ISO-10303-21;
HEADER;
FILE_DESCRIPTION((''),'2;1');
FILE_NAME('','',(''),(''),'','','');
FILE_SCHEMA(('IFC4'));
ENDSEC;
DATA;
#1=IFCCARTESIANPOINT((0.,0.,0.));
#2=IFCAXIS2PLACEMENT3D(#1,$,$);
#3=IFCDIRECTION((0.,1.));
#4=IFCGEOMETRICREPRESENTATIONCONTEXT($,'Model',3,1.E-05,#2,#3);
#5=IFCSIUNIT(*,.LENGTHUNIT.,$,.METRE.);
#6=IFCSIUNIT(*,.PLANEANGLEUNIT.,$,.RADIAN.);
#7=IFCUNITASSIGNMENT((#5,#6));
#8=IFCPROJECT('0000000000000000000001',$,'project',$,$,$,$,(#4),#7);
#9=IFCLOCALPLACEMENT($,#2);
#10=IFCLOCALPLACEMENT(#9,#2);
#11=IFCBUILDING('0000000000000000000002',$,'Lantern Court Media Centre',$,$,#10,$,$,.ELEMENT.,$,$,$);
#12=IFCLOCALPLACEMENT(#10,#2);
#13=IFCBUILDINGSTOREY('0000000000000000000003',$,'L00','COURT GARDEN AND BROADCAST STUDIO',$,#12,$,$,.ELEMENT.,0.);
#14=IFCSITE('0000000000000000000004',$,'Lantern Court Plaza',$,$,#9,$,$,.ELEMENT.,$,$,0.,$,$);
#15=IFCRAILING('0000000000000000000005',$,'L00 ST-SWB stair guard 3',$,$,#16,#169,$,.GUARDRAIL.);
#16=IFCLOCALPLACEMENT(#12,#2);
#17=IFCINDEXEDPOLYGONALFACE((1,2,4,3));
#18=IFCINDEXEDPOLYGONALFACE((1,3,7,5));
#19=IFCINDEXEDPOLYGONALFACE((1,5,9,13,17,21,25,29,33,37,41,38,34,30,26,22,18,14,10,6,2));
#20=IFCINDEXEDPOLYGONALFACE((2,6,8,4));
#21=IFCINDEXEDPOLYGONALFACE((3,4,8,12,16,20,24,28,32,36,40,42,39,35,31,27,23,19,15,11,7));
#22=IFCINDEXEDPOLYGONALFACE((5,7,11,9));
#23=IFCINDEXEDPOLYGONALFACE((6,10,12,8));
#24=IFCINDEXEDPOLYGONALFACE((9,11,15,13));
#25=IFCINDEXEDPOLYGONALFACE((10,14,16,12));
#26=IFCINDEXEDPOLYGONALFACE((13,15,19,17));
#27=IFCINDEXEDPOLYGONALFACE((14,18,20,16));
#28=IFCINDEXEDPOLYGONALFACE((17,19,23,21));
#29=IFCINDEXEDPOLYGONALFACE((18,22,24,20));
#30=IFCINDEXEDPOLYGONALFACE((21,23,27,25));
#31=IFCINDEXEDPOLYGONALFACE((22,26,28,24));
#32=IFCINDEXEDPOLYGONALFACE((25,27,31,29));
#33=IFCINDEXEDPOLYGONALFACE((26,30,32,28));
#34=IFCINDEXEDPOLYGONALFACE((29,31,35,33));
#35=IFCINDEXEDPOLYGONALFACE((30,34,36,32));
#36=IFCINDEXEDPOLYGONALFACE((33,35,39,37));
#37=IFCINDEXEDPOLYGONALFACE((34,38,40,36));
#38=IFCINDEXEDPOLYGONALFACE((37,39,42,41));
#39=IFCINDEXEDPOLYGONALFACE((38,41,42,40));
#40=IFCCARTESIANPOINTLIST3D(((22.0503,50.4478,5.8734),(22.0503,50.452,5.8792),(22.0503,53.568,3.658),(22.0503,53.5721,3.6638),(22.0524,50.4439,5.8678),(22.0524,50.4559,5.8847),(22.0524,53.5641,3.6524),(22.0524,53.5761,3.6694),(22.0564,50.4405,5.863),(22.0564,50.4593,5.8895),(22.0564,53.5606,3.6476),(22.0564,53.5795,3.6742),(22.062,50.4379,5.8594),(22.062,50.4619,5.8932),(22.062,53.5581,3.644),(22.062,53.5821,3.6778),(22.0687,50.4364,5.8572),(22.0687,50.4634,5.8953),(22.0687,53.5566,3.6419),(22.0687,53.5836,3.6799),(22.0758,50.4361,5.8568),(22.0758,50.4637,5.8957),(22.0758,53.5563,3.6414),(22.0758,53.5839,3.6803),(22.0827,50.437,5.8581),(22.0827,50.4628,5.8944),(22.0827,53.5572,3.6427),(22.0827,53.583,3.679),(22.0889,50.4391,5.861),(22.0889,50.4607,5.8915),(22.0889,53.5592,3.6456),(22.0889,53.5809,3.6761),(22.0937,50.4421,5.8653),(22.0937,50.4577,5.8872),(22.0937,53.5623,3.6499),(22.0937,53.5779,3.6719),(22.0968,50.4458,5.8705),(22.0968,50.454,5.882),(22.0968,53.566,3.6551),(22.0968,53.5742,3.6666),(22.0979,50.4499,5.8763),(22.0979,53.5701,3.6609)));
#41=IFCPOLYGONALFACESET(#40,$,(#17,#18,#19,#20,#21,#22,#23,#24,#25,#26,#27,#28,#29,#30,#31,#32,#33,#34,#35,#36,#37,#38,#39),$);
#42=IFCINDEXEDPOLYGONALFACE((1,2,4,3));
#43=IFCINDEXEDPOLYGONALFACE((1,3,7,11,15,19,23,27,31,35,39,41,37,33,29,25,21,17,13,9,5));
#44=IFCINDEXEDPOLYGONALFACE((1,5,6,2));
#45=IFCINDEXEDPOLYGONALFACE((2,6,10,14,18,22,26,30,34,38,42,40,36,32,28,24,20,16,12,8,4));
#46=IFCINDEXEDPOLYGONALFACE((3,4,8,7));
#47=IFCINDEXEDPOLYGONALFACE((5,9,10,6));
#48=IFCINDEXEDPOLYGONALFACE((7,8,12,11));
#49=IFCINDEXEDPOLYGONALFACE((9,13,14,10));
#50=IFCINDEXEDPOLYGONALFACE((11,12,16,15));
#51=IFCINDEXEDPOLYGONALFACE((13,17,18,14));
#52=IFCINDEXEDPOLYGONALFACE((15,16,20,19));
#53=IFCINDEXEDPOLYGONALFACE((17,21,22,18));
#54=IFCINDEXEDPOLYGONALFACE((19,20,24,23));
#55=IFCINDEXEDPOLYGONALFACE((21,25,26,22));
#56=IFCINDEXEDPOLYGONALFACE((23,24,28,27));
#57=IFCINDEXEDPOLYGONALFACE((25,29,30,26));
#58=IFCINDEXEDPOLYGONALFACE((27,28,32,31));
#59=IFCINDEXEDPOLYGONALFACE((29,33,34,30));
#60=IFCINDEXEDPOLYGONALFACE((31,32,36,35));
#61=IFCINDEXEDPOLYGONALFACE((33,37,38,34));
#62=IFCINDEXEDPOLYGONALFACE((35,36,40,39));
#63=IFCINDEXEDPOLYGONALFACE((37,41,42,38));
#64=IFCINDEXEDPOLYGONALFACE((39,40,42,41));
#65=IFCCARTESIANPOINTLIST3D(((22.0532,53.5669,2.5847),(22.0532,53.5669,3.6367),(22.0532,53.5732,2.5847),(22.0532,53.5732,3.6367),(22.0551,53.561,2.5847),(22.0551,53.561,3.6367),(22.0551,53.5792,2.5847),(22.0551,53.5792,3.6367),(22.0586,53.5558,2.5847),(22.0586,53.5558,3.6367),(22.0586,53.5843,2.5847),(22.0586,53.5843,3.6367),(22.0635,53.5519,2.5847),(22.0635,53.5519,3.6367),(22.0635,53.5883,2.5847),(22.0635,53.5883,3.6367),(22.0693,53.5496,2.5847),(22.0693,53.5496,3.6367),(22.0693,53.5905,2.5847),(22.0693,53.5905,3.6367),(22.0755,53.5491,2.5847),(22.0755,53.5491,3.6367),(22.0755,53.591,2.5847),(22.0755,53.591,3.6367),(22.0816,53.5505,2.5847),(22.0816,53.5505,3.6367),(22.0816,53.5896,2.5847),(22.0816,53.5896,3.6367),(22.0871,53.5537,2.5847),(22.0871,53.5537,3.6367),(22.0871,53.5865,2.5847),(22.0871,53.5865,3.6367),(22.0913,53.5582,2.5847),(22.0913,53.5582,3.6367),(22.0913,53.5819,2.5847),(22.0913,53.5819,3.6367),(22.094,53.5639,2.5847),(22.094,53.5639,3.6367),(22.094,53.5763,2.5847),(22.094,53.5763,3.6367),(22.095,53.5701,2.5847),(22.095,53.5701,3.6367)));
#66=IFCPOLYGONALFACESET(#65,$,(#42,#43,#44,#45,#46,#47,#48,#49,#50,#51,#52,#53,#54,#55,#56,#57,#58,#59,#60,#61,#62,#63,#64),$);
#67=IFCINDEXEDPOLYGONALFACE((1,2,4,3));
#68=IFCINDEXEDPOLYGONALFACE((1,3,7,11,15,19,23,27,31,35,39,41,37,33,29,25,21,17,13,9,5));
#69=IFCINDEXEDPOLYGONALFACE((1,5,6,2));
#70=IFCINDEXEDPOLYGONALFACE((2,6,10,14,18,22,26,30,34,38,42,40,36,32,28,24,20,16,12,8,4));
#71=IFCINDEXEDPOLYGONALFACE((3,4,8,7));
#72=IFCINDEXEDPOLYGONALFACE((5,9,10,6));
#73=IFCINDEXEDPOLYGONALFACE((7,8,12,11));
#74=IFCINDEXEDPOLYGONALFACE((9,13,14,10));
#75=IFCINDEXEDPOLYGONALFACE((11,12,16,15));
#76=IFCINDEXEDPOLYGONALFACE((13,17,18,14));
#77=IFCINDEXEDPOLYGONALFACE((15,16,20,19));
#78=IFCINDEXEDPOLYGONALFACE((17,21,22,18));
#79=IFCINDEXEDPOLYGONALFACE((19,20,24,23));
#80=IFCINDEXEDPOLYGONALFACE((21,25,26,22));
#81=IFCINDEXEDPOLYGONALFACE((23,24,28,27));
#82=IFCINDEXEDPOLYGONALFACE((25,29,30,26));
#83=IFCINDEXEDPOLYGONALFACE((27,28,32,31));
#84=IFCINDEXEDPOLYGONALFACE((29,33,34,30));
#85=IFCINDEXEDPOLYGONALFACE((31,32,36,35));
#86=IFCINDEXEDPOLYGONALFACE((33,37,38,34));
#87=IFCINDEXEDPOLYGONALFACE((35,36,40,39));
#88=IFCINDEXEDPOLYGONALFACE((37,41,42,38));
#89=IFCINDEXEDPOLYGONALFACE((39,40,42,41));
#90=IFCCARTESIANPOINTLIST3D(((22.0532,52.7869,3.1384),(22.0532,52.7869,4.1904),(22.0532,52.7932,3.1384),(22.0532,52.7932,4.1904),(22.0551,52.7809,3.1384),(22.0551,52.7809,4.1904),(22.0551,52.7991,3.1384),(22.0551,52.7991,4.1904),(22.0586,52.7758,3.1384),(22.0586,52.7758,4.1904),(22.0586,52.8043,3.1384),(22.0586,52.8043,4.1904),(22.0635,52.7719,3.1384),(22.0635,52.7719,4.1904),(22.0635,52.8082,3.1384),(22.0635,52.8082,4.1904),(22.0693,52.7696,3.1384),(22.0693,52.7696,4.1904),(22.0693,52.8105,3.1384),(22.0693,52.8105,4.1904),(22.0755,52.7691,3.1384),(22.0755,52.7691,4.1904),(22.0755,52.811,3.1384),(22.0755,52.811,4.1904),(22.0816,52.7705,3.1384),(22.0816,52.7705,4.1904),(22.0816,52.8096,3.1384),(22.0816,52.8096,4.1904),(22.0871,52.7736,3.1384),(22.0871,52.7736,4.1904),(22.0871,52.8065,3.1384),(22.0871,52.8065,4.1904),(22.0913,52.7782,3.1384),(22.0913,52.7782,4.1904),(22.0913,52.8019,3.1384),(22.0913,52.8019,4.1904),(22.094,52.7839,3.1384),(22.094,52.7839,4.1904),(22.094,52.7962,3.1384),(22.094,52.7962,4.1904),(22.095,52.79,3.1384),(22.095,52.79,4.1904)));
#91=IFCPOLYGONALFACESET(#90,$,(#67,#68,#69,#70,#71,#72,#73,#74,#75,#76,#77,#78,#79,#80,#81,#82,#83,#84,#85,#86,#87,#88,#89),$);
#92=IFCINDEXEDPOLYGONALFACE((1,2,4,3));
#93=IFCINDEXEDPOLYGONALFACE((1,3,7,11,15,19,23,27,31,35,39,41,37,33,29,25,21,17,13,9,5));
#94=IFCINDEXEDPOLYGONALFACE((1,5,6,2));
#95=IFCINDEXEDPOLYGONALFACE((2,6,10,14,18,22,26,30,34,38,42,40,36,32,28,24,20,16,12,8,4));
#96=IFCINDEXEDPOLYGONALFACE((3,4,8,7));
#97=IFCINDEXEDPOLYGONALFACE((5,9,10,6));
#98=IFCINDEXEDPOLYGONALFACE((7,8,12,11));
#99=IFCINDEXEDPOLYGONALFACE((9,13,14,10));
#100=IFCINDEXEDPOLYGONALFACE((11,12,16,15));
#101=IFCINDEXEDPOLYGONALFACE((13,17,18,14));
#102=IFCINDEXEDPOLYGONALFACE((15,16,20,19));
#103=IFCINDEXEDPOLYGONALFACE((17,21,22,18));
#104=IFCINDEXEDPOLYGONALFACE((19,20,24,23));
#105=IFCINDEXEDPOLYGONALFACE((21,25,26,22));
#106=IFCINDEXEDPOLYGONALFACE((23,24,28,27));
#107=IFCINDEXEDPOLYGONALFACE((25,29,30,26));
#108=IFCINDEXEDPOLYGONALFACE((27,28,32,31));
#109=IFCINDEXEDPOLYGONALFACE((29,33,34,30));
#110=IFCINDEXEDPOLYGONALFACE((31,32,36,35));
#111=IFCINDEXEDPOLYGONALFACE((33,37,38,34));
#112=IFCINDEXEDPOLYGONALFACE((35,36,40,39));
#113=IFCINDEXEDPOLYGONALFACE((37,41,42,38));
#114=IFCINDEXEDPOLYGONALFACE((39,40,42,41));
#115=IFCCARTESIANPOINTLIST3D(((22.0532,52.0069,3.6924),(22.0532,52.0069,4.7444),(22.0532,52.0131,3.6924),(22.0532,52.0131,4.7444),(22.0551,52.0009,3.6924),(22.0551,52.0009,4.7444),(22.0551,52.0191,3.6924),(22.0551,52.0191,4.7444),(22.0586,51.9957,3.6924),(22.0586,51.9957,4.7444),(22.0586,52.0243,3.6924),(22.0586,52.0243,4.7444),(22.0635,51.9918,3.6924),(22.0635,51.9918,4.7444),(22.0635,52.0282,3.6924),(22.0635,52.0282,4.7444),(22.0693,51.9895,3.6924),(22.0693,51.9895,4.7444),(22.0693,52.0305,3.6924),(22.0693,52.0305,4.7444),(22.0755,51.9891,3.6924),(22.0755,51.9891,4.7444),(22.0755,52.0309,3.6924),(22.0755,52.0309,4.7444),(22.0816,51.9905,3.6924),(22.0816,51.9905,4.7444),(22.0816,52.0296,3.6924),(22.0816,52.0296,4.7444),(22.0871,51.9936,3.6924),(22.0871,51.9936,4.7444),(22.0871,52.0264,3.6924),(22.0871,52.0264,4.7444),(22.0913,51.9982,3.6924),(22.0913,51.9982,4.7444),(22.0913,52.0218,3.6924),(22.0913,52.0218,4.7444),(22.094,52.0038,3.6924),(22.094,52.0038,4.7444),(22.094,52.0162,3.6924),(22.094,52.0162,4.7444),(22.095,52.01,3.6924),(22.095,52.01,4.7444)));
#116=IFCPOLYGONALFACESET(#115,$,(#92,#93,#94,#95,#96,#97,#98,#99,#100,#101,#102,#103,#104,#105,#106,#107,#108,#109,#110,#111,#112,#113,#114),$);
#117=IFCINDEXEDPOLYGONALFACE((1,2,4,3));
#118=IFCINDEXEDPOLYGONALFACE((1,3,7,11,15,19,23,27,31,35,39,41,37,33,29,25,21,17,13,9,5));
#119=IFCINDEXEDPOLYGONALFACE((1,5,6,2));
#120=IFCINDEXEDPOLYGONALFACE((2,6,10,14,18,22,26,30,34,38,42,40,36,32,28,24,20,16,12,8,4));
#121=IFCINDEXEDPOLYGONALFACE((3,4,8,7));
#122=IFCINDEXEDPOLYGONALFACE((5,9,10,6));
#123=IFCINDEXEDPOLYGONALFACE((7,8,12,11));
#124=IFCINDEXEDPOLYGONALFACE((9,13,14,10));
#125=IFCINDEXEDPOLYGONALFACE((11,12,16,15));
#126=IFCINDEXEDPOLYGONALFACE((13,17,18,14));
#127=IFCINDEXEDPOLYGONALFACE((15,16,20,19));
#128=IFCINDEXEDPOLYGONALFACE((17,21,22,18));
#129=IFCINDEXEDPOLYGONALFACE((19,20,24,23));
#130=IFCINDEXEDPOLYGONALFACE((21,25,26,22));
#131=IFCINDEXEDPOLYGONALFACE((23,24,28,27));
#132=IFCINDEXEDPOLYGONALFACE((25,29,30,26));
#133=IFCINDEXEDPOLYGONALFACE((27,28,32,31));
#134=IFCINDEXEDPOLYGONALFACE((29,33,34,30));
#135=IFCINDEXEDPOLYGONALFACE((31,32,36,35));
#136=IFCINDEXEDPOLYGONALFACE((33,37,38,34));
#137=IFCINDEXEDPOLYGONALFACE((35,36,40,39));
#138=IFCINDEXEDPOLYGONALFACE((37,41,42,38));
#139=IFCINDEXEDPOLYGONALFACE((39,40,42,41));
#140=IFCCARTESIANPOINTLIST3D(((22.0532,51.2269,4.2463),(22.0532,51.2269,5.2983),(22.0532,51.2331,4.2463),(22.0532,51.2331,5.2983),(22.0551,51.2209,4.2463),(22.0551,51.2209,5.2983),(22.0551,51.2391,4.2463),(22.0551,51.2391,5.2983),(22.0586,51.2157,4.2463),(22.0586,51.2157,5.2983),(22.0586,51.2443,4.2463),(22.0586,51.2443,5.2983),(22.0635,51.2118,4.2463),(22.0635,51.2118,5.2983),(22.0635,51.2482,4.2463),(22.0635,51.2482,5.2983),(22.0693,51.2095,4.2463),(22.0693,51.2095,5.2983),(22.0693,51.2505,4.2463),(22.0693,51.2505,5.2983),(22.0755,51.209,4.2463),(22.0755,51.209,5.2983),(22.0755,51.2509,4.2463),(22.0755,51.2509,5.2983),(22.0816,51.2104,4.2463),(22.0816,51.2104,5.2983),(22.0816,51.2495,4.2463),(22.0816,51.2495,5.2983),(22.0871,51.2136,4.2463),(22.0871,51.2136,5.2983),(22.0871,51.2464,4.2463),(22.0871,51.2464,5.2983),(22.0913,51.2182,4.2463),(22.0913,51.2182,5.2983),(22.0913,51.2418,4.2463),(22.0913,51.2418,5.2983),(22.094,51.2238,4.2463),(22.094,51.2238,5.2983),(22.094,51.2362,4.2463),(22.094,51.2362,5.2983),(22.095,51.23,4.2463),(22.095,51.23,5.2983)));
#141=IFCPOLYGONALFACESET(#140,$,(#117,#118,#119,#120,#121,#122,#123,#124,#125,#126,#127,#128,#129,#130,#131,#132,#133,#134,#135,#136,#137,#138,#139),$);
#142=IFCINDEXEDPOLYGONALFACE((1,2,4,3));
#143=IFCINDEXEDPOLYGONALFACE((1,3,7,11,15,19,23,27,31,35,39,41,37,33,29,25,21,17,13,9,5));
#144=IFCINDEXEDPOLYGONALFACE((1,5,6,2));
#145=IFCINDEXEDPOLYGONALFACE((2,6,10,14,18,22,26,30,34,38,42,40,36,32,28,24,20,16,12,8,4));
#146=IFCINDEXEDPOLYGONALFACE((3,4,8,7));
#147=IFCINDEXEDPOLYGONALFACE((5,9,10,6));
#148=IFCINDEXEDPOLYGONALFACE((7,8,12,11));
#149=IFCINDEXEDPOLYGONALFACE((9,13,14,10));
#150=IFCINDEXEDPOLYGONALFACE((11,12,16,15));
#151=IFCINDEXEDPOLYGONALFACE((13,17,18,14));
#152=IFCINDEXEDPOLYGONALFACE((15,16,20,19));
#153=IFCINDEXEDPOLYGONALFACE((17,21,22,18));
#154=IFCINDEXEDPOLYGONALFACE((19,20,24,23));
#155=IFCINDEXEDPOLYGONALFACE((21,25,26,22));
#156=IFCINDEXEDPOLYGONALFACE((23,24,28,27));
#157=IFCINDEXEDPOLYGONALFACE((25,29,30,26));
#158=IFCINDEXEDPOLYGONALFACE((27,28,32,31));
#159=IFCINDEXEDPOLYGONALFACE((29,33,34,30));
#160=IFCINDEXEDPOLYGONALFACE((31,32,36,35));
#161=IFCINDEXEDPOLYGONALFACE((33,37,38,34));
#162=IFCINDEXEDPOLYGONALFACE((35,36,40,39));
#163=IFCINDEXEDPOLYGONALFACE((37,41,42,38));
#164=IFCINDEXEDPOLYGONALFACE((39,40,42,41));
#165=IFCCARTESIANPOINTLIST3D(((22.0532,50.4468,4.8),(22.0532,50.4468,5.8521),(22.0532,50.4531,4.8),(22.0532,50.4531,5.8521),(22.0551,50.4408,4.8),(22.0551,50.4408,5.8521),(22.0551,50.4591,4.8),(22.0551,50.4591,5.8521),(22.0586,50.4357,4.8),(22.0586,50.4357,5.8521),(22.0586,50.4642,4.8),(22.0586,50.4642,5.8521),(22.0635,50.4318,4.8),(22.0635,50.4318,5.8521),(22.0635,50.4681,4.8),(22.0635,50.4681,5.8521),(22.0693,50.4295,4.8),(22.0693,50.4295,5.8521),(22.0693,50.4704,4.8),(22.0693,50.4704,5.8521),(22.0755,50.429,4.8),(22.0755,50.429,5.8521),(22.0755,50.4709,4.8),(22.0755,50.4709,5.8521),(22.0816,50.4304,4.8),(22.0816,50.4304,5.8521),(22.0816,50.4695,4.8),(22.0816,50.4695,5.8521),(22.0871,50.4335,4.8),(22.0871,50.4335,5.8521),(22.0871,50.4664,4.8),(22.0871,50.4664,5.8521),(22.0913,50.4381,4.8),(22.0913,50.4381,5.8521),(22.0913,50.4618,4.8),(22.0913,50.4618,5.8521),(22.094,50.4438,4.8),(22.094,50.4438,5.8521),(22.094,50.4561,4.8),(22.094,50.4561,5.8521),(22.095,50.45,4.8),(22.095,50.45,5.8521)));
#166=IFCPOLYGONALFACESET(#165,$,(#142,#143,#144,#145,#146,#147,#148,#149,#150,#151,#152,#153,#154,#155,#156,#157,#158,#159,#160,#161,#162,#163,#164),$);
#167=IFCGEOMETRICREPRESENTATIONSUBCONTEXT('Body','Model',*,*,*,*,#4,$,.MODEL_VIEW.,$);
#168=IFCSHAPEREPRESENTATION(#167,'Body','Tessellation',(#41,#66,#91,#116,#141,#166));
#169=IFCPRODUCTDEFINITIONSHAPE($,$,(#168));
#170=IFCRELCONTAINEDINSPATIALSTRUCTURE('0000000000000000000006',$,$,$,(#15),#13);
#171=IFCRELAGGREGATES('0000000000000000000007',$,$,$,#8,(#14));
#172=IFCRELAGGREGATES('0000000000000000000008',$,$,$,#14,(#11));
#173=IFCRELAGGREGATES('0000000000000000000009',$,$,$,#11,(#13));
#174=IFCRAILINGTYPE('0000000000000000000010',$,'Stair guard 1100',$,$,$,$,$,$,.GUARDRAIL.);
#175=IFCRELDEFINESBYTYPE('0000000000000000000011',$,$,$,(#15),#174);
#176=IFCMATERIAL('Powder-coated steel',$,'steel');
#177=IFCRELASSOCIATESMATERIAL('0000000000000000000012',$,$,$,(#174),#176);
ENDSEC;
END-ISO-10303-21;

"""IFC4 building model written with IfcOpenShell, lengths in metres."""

from ifc_helpers import new_model, si_unit, direction, frame, origin, origin_2d, place, context, subcontext, project, spatial, circle, extrude, material, type_object, element, save


model = new_model("IFC4")

# Units and contexts
model_context = context("Model", 3, precision=1e-05, world=origin(), true_north=direction((0.0, 1.0)))
body_context = subcontext(model_context, "Body", "Model", "MODEL_VIEW")
ifc_project = project(units=[si_unit("LENGTHUNIT", "METRE"), si_unit("PLANEANGLEUNIT", "RADIAN")], contexts=[model_context])

# Site, building, storey
site_placement = place(None, origin())
site = spatial("IfcSite", under=ifc_project, at=site_placement, Name="Lantern Court Plaza", CompositionType="ELEMENT", RefElevation=0.0)
building_placement = place(site_placement, origin())
building = spatial("IfcBuilding", under=site, at=building_placement, Name="Lantern Court Media Centre", CompositionType="ELEMENT")
storey_placement = place(building_placement, origin())
storey = spatial("IfcBuildingStorey", under=building, at=storey_placement, Name="L00", Description="COURT GARDEN AND BROADCAST STUDIO", CompositionType="ELEMENT", Elevation=0.0)

# Railing
ifc_material_1 = material(Name="Powder-coated steel", Category="steel")
railing_type_1 = type_object("IfcRailingType", Name="Stair guard 1100", PredefinedType="GUARDRAIL", material=ifc_material_1)
railing_1_placement = place(storey_placement, frame((22.074, 53.5701, 2.5847)))
element("IfcRailing", 1, at=railing_1_placement, inside=storey, type_object=railing_type_1, Name="L00 ST-SWB stair guard 3", PredefinedType="GUARDRAIL", context=body_context, shape_type="SweptSolid", body=[
    extrude(circle(Radius=0.0239, at=origin_2d()), frame((0.0, 0.0, 1.0762), z_axis=(0.0, -0.815377, 0.57893), x_axis=(1.0, 0.0, 0.0)), (0.0, 0.0, 1.0), 3.8267),
    extrude(circle(Radius=0.021, at=origin_2d()), origin(), (0.0, 0.0, 1.0), 1.052),
    extrude(circle(Radius=0.021, at=origin_2d()), frame((0.0, -0.78, 0.5537)), (0.0, 0.0, 1.0), 1.052),
    extrude(circle(Radius=0.021, at=origin_2d()), frame((0.0, -1.5601, 1.1077)), (0.0, 0.0, 1.0), 1.052),
    extrude(circle(Radius=0.021, at=origin_2d()), frame((0.0, -2.3401, 1.6616)), (0.0, 0.0, 1.0), 1.052),
    extrude(circle(Radius=0.021, at=origin_2d()), frame((0.0, -3.1201, 2.2153)), (0.0, 0.0, 1.0), 1.052),
])

save(model, "model.ifc")
